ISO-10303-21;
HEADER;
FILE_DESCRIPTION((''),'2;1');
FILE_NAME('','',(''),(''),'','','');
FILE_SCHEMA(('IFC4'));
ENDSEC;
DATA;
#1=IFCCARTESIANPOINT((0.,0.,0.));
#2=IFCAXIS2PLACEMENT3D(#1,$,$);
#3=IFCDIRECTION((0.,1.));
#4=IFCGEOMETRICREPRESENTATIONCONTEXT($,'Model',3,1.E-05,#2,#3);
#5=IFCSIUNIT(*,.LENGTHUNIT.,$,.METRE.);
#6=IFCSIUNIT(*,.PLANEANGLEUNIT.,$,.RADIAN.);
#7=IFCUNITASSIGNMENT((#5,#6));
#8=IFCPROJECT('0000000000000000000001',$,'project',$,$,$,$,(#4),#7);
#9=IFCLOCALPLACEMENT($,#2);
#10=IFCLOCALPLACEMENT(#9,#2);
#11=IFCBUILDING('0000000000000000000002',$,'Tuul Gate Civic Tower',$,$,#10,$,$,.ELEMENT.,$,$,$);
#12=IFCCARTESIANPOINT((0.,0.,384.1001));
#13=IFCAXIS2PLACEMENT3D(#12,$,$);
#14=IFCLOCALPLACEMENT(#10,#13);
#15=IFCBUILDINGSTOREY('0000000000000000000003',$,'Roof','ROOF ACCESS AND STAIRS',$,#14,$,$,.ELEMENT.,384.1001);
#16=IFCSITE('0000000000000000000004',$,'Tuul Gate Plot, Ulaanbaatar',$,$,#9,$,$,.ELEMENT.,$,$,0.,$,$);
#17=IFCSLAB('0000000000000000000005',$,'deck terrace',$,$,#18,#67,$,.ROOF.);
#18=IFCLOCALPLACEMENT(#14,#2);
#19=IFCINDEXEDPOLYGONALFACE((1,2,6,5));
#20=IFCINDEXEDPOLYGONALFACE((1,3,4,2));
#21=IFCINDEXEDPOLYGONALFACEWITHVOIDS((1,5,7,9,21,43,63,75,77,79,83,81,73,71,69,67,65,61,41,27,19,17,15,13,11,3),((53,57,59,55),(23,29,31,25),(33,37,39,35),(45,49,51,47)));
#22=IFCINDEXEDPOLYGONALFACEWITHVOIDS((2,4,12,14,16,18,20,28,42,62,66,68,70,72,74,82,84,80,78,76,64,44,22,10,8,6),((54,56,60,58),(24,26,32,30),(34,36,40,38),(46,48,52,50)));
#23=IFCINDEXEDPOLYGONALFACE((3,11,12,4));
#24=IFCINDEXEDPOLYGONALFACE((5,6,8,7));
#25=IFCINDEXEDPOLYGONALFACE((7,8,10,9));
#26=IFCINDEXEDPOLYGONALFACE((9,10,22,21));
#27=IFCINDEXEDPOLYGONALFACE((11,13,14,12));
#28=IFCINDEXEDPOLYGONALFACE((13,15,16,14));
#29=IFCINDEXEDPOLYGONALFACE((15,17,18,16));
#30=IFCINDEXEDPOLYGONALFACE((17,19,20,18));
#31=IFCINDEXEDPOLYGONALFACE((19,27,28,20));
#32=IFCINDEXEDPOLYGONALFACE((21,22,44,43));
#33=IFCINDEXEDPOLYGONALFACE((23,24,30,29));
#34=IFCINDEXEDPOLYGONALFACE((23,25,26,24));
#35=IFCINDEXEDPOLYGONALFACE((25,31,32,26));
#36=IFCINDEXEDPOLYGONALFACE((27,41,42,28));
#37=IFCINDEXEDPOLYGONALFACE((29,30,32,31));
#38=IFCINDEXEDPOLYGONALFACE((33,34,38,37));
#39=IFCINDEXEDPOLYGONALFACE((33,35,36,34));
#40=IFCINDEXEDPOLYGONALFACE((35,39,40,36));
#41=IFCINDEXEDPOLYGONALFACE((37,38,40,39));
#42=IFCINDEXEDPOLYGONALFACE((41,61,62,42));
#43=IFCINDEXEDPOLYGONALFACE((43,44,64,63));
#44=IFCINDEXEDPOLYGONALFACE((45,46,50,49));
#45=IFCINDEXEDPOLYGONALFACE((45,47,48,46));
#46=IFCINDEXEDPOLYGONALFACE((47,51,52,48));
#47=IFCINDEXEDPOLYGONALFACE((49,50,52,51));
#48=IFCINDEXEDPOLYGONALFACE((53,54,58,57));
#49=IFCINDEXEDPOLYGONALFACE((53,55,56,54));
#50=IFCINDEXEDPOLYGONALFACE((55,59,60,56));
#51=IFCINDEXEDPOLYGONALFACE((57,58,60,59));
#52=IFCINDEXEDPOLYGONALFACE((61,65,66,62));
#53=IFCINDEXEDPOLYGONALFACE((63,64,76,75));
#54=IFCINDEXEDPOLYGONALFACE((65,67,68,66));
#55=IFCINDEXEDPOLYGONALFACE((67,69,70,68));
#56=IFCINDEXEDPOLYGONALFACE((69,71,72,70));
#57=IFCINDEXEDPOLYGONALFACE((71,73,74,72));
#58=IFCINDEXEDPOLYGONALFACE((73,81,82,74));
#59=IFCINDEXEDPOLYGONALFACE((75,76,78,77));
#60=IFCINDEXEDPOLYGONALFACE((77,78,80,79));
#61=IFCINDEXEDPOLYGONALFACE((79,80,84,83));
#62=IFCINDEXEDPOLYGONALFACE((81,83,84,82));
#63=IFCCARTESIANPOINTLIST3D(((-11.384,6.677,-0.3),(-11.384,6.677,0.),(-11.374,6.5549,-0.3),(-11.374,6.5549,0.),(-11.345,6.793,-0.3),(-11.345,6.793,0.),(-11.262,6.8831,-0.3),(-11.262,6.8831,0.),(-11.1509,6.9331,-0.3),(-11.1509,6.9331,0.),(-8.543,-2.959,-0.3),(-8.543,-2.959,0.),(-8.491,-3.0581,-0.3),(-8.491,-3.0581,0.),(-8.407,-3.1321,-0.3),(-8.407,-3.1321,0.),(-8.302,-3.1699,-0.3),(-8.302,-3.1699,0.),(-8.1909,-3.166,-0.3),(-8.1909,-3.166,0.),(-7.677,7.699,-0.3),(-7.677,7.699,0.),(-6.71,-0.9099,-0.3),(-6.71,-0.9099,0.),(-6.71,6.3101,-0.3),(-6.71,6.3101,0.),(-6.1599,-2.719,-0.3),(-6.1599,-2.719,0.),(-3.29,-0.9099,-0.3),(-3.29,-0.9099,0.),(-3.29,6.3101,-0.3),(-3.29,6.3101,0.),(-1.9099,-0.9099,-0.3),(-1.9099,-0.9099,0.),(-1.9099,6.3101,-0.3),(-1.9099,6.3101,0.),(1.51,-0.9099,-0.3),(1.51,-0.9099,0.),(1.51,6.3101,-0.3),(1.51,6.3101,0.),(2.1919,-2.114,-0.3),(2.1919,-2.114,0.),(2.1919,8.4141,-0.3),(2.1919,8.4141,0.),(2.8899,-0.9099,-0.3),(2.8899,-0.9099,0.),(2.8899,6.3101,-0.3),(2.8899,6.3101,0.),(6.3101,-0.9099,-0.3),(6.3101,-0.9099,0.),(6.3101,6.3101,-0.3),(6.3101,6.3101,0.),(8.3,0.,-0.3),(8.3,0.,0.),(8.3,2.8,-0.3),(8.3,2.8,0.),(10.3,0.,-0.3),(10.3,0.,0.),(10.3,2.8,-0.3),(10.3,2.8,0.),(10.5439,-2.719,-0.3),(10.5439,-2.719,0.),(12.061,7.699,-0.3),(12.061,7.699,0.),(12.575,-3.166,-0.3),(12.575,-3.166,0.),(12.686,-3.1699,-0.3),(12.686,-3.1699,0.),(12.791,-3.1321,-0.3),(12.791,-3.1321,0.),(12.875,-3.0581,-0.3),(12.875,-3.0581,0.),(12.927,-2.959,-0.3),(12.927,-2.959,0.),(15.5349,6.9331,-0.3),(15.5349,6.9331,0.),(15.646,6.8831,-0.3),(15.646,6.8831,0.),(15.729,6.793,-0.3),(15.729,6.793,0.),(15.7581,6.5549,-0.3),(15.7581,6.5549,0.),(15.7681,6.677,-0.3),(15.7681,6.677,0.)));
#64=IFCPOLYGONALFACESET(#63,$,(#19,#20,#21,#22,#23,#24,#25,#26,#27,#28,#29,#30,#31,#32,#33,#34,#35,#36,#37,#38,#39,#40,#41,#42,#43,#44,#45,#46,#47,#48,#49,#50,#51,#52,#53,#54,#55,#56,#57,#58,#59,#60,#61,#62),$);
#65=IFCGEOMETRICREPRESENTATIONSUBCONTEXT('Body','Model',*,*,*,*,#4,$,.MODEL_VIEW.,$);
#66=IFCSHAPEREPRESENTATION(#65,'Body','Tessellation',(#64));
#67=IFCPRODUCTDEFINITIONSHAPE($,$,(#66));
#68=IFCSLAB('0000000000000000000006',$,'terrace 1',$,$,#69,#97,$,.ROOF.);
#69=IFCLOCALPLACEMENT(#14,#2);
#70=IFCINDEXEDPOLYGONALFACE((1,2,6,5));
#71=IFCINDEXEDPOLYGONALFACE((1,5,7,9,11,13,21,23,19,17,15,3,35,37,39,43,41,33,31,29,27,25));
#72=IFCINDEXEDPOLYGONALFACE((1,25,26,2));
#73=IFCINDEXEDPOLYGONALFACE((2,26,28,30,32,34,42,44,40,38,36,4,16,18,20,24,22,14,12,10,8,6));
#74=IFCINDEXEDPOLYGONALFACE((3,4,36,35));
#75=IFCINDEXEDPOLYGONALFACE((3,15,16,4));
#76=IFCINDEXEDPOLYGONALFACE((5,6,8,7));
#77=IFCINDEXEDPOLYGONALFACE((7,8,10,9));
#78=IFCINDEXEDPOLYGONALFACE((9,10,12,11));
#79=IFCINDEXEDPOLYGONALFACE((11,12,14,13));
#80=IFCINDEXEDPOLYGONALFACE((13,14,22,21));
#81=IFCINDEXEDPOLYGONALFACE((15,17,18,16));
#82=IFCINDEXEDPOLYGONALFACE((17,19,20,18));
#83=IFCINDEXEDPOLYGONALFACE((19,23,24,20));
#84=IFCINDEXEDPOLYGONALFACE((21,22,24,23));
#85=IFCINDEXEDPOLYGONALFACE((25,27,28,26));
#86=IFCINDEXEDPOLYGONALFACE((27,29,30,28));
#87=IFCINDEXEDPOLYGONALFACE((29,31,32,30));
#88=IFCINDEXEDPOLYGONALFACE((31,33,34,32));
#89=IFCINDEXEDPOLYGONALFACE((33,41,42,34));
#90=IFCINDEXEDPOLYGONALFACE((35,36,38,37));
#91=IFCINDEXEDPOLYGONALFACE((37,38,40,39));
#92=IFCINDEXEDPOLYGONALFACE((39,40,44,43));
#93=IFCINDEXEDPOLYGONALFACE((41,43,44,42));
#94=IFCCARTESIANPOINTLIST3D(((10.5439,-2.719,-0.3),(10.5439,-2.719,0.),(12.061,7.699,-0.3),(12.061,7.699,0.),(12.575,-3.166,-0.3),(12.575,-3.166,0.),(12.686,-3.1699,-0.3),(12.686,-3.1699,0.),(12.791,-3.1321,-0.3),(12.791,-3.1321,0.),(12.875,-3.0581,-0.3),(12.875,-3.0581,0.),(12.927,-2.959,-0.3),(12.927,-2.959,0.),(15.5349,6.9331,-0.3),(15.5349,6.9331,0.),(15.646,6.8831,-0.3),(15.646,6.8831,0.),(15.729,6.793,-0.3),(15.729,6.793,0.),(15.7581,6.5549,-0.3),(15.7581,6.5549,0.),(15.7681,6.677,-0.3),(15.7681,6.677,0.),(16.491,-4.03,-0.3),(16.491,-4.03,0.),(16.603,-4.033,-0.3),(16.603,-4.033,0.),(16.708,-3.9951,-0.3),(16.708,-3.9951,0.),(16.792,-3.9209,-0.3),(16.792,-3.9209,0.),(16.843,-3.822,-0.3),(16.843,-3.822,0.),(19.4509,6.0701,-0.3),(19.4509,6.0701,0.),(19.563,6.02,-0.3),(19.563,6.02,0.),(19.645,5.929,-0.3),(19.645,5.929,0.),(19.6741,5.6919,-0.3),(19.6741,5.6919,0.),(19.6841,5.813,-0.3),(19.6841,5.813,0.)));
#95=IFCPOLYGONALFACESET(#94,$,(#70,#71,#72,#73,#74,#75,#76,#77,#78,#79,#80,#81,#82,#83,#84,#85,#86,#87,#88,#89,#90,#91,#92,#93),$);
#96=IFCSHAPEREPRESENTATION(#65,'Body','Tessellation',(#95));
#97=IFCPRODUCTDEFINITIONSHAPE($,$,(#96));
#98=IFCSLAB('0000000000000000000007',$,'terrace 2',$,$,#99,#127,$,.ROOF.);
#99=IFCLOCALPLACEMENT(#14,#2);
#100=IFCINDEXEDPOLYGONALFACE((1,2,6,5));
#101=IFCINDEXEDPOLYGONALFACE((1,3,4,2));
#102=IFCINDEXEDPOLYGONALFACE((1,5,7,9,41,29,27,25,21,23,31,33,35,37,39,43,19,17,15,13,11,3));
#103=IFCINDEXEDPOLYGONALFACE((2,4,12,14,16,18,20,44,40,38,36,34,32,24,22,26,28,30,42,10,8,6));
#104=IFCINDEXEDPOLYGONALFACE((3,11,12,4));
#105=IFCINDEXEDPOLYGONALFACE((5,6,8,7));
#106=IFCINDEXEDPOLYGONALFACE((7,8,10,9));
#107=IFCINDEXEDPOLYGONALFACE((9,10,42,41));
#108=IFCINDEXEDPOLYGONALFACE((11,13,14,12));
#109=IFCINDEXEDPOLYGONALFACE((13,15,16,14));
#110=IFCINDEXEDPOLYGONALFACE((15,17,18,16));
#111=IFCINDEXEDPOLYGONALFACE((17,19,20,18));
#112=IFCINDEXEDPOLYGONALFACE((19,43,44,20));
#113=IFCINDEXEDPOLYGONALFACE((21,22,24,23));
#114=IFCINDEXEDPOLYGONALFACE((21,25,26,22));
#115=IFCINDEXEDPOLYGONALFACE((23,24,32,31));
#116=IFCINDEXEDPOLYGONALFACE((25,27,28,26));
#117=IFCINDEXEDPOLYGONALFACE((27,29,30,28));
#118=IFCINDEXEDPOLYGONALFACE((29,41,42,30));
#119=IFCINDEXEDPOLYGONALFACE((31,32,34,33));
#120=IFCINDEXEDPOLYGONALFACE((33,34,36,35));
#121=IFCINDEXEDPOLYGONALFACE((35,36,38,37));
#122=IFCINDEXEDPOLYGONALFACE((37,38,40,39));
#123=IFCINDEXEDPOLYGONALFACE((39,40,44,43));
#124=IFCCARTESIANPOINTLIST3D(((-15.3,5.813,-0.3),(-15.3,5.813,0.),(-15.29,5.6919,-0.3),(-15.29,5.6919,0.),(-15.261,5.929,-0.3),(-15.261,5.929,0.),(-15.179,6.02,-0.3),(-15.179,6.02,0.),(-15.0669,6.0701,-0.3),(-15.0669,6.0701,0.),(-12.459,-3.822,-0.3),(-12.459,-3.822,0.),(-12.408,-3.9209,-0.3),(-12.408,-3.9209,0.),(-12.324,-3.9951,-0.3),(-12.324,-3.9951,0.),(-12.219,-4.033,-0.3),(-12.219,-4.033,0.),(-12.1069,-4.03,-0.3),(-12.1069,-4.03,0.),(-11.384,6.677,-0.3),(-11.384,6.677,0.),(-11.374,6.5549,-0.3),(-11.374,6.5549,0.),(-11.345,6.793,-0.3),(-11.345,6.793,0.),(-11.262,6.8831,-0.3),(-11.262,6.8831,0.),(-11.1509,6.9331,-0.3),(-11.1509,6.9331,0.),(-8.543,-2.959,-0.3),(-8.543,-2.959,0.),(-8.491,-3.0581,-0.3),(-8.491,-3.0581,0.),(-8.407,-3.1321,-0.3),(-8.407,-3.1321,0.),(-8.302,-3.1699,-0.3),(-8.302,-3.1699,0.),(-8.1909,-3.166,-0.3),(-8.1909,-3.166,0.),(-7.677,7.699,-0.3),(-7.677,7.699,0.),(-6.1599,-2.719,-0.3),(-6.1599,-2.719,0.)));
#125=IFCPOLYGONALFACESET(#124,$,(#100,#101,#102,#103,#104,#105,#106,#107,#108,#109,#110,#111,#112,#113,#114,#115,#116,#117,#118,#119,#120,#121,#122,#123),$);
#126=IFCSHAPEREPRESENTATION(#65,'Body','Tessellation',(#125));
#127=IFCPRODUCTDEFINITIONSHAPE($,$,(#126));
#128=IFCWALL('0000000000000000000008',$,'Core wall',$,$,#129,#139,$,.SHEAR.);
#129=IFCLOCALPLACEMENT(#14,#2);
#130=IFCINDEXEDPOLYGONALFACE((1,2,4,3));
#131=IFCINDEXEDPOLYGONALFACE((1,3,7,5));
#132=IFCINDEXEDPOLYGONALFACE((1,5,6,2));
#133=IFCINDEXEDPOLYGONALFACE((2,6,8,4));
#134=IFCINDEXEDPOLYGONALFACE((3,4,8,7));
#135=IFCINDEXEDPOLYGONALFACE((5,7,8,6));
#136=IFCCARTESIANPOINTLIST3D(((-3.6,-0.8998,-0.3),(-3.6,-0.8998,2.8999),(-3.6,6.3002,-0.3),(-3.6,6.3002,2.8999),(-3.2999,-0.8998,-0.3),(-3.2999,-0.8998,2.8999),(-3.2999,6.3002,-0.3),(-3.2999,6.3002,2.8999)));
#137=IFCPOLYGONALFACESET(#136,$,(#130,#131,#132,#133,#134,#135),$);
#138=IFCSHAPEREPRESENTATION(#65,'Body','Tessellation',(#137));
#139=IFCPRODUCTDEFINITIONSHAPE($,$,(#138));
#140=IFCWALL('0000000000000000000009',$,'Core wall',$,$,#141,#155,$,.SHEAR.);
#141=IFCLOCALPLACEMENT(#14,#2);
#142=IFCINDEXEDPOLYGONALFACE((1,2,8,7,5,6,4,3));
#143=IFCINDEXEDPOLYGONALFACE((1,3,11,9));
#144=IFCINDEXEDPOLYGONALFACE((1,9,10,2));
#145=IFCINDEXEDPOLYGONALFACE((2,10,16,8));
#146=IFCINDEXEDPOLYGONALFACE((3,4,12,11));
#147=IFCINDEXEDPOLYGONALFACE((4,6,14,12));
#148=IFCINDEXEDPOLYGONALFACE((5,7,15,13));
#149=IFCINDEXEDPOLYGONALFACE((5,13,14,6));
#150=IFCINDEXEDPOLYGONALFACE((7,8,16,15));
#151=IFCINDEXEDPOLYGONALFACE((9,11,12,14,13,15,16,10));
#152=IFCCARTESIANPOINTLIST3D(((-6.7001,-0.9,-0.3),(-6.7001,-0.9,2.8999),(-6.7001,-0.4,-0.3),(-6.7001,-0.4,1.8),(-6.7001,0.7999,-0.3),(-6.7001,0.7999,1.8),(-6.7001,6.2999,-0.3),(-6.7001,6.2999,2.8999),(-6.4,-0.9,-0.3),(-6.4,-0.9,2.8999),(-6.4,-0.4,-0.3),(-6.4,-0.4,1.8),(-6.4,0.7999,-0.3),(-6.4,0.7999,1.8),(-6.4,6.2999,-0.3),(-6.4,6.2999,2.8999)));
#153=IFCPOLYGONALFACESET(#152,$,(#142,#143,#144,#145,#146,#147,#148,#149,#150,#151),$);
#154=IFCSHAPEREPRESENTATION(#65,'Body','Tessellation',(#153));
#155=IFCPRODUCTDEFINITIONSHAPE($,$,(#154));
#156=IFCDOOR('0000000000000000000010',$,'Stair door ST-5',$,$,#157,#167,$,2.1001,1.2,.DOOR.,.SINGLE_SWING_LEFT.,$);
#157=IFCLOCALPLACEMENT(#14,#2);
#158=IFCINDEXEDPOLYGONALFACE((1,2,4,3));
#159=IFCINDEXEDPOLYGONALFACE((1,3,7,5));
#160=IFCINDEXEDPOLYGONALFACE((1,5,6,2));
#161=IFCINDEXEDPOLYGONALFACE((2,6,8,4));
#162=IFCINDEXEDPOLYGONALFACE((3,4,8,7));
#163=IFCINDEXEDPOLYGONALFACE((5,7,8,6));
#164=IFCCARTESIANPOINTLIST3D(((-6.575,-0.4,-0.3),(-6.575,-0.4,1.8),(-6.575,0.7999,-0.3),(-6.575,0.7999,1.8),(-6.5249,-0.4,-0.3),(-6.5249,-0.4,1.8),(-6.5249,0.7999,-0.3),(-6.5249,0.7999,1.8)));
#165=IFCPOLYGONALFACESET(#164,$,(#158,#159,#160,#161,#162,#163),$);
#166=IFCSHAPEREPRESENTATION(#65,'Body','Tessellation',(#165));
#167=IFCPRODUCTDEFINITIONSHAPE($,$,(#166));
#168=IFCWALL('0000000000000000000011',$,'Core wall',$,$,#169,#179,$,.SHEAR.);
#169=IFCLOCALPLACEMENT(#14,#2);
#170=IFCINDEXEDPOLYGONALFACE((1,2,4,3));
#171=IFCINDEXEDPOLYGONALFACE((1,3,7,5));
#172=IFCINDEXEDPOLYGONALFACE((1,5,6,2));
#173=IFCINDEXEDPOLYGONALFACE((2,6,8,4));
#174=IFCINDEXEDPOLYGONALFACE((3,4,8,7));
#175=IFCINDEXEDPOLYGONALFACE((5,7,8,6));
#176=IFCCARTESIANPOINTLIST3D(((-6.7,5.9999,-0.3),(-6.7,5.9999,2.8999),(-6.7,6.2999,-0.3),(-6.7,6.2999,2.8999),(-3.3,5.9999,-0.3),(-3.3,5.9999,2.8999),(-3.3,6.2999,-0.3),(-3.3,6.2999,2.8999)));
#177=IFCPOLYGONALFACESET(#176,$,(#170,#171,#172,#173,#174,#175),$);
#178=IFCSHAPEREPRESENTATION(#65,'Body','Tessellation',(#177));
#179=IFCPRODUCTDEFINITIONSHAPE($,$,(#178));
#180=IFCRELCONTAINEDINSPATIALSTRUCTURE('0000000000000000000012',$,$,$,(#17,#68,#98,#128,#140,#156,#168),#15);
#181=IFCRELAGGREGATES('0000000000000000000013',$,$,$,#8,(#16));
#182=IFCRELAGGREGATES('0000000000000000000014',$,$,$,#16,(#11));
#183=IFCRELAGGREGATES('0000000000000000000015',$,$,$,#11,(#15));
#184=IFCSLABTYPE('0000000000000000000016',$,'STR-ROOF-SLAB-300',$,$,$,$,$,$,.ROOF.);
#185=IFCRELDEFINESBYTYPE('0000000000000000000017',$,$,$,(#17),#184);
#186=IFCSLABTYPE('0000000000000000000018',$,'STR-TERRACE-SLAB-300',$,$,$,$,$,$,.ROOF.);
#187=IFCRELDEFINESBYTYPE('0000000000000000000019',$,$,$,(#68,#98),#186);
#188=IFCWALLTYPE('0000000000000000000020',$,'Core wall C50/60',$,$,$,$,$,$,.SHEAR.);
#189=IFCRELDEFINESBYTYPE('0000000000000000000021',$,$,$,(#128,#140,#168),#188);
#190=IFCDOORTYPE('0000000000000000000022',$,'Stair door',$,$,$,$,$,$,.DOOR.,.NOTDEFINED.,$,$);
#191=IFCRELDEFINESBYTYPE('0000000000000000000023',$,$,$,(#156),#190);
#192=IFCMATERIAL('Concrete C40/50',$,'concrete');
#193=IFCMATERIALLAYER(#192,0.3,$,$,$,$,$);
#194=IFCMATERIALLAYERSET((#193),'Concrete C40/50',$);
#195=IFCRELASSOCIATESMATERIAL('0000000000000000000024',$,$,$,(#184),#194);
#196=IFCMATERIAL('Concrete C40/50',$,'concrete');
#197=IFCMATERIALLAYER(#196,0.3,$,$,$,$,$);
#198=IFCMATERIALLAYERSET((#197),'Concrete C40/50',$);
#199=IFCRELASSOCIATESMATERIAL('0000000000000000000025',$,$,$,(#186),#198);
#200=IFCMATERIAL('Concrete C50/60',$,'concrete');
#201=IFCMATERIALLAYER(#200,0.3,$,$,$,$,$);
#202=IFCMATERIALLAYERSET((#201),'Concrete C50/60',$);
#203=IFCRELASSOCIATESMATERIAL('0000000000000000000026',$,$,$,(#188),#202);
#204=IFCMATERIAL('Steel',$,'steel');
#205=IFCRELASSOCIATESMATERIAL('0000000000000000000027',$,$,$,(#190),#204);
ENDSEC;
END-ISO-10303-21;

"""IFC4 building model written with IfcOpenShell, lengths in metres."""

from ifc_helpers import new_model, si_unit, direction, frame, frame_2d, origin, place, context, subcontext, project, spatial, polyline, rectangle, outline, extrude, material, layer, layer_set, type_object, element, fill, save


model = new_model("IFC4")

# Units and contexts
model_context = context("Model", 3, precision=1e-05, world=origin(), true_north=direction((0.0, 1.0)))
body_context = subcontext(model_context, "Body", "Model", "MODEL_VIEW")
ifc_project = project(units=[si_unit("LENGTHUNIT", "METRE"), si_unit("PLANEANGLEUNIT", "RADIAN")], contexts=[model_context])

# Site, building, storey
site_placement = place(None, origin())
site = spatial("IfcSite", under=ifc_project, at=site_placement, Name="Tuul Gate Plot, Ulaanbaatar", CompositionType="ELEMENT", RefElevation=0.0)
building_placement = place(site_placement, origin())
building = spatial("IfcBuilding", under=site, at=building_placement, Name="Tuul Gate Civic Tower", CompositionType="ELEMENT")
storey_placement = place(building_placement, frame((0.0, 0.0, 384.1001)))
storey = spatial("IfcBuildingStorey", under=building, at=storey_placement, Name="Roof", Description="ROOF ACCESS AND STAIRS", CompositionType="ELEMENT", Elevation=384.1001)

# Slabs
ifc_material_1 = material(Name="Concrete C40/50", Category="concrete")
ifc_layer_1 = layer(ifc_material_1, 0.3)
ifc_layer_set_1 = layer_set([ifc_layer_1], Name="Concrete C40/50")
slab_type_1 = type_object("IfcSlabType", Name="STR-ROOF-SLAB-300", PredefinedType="ROOF", material=ifc_layer_set_1)
slab_1_placement = place(storey_placement, frame((0.0, 0.0, -0.3)))
element("IfcSlab", 1, at=slab_1_placement, inside=storey, type_object=slab_type_1, Name="deck terrace", PredefinedType="ROOF", context=body_context, shape_type="SweptSolid", body=[
    extrude(outline(polyline([(12.875, -3.0581), (12.927, -2.959), (15.7581, 6.5549), (15.7681, 6.677), (15.729, 6.793), (15.646, 6.8831), (15.5349, 6.9331), (12.061, 7.699), (2.1919, 8.4141), (-7.677, 7.699), (-11.1509, 6.9331), (-11.262, 6.8831), (-11.345, 6.793), (-11.384, 6.677), (-11.374, 6.5549), (-8.543, -2.959), (-8.491, -3.0581), (-8.407, -3.1321), (-8.302, -3.1699), (-8.1909, -3.166), (-6.1599, -2.719), (2.1919, -2.114), (10.5439, -2.719), (12.575, -3.166), (12.686, -3.1699), (12.791, -3.1321), (12.875, -3.0581)]), holes=[polyline([(10.3, 0.0), (8.3, 0.0), (8.3, 2.8), (10.3, 2.8), (10.3, 0.0)]), polyline([(-6.71, -0.9099), (-6.71, 6.3101), (-3.29, 6.3101), (-3.29, -0.9099), (-6.71, -0.9099)]), polyline([(-1.9099, -0.9099), (-1.9099, 6.3101), (1.51, 6.3101), (1.51, -0.9099), (-1.9099, -0.9099)]), polyline([(2.8899, -0.9099), (2.8899, 6.3101), (6.3101, 6.3101), (6.3101, -0.9099), (2.8899, -0.9099)])]), origin(), (0.0, 0.0, 1.0), 0.3),
])
ifc_material_2 = material(Name="Concrete C40/50", Category="concrete")
ifc_layer_2 = layer(ifc_material_2, 0.3)
ifc_layer_set_2 = layer_set([ifc_layer_2], Name="Concrete C40/50")
slab_type_2 = type_object("IfcSlabType", Name="STR-TERRACE-SLAB-300", PredefinedType="ROOF", material=ifc_layer_set_2)
slab_2_placement = place(storey_placement, frame((0.0, 0.0, -0.3)))
element("IfcSlab", 2, at=slab_2_placement, inside=storey, type_object=slab_type_2, Name="terrace 1", PredefinedType="ROOF", context=body_context, shape_type="SweptSolid", body=[
    extrude(outline(polyline([(19.4509, 6.0701), (19.563, 6.02), (19.645, 5.929), (19.6841, 5.813), (19.6741, 5.6919), (16.843, -3.822), (16.792, -3.9209), (16.708, -3.9951), (16.603, -4.033), (16.491, -4.03), (10.5439, -2.719), (12.575, -3.166), (12.686, -3.1699), (12.791, -3.1321), (12.875, -3.0581), (12.927, -2.959), (15.7581, 6.5549), (15.7681, 6.677), (15.729, 6.793), (15.646, 6.8831), (15.5349, 6.9331), (12.061, 7.699), (19.4509, 6.0701)])), origin(), (0.0, 0.0, 1.0), 0.3),
])
slab_3_placement = place(storey_placement, frame((0.0, 0.0, -0.3)))
element("IfcSlab", 3, at=slab_3_placement, inside=storey, type_object=slab_type_2, Name="terrace 2", PredefinedType="ROOF", context=body_context, shape_type="SweptSolid", body=[
    extrude(outline(polyline([(-12.1069, -4.03), (-12.219, -4.033), (-12.324, -3.9951), (-12.408, -3.9209), (-12.459, -3.822), (-15.29, 5.6919), (-15.3, 5.813), (-15.261, 5.929), (-15.179, 6.02), (-15.0669, 6.0701), (-7.677, 7.699), (-11.1509, 6.9331), (-11.262, 6.8831), (-11.345, 6.793), (-11.384, 6.677), (-11.374, 6.5549), (-8.543, -2.959), (-8.491, -3.0581), (-8.407, -3.1321), (-8.302, -3.1699), (-8.1909, -3.166), (-6.1599, -2.719), (-12.1069, -4.03)])), origin(), (0.0, 0.0, 1.0), 0.3),
])

# Wall
ifc_material_3 = material(Name="Concrete C50/60", Category="concrete")
ifc_layer_3 = layer(ifc_material_3, 0.3)
ifc_layer_set_3 = layer_set([ifc_layer_3], Name="Concrete C50/60")
wall_type_1 = type_object("IfcWallType", Name="Core wall C50/60", PredefinedType="SHEAR", material=ifc_layer_set_3)
wall_1_placement = place(storey_placement, frame((-3.45, -0.8999, -0.3), z_axis=(0.0, 0.0, 1.0), x_axis=(0.0, 1.0, 0.0)))
element("IfcWall", 4, at=wall_1_placement, inside=storey, type_object=wall_type_1, Name="Core wall", PredefinedType="SHEAR", context=body_context, shape_type="SweptSolid", body=[
    extrude(rectangle(XDim=7.2, YDim=0.3, at=frame_2d((3.6001, 0.0))), origin(), (0.0, 0.0, 1.0), 3.2),
])

# Wall, opening, door
wall_2_placement = place(storey_placement, frame((-6.55, 6.3, -0.3), z_axis=(0.0, 0.0, 1.0), x_axis=(0.0, -1.0, 0.0)))
wall_2 = element("IfcWall", 5, at=wall_2_placement, inside=storey, type_object=wall_type_1, Name="Core wall", PredefinedType="SHEAR", context=body_context, shape_type="SweptSolid", body=[
    extrude(rectangle(XDim=7.2, YDim=0.3, at=frame_2d((3.6001, 0.0))), origin(), (0.0, 0.0, 1.0), 3.2),
])
opening_1_placement = place(wall_2_placement, frame((5.5, 0.0, 0.0)))
opening_1 = element("IfcOpeningElement", 6, at=opening_1_placement, cuts=wall_2, PredefinedType="OPENING", context=body_context, shape_type="SweptSolid", body=[
    extrude(rectangle(XDim=1.2, YDim=2.1001, at=frame_2d((0.6001, 1.05))), frame((0.0, 0.1602, 0.0), z_axis=(0.0, -1.0, 0.0), x_axis=(1.0, 0.0, 0.0)), (0.0, 0.0, 1.0), 0.3201),
])
ifc_material_4 = material(Name="Steel", Category="steel")
door_type = type_object("IfcDoorType", Name="Stair door", OperationType="NOTDEFINED", PredefinedType="DOOR", material=ifc_material_4)
door_1_placement = place(opening_1_placement, frame((1.2, 0.0, 0.0), z_axis=(0.0, 0.0, 1.0), x_axis=(-1.0, 0.0, 0.0)))
door_1 = element("IfcDoor", 7, at=door_1_placement, inside=storey, type_object=door_type, Name="Stair door ST-5", OperationType="SINGLE_SWING_LEFT", OverallHeight=2.1001, OverallWidth=1.2, PredefinedType="DOOR", context=body_context, shape_type="SweptSolid", body=[
    extrude(rectangle(XDim=1.2, YDim=2.1001, at=frame_2d((0.5999, 1.05))), frame((0.0, 0.0249, 0.0), z_axis=(0.0, -1.0, 0.0), x_axis=(1.0, 0.0, 0.0)), (0.0, 0.0, 1.0), 0.05),
])
fill(opening_1, door_1)

# Wall
wall_3_placement = place(storey_placement, frame((-3.3, 6.1499, -0.3), z_axis=(0.0, 0.0, 1.0), x_axis=(-1.0, 0.0, 0.0)))
element("IfcWall", 8, at=wall_3_placement, inside=storey, type_object=wall_type_1, Name="Core wall", PredefinedType="SHEAR", context=body_context, shape_type="SweptSolid", body=[
    extrude(rectangle(XDim=3.3999, YDim=0.3, at=frame_2d((1.7, 0.0))), origin(), (0.0, 0.0, 1.0), 3.2),
])

save(model, "model.ifc")
